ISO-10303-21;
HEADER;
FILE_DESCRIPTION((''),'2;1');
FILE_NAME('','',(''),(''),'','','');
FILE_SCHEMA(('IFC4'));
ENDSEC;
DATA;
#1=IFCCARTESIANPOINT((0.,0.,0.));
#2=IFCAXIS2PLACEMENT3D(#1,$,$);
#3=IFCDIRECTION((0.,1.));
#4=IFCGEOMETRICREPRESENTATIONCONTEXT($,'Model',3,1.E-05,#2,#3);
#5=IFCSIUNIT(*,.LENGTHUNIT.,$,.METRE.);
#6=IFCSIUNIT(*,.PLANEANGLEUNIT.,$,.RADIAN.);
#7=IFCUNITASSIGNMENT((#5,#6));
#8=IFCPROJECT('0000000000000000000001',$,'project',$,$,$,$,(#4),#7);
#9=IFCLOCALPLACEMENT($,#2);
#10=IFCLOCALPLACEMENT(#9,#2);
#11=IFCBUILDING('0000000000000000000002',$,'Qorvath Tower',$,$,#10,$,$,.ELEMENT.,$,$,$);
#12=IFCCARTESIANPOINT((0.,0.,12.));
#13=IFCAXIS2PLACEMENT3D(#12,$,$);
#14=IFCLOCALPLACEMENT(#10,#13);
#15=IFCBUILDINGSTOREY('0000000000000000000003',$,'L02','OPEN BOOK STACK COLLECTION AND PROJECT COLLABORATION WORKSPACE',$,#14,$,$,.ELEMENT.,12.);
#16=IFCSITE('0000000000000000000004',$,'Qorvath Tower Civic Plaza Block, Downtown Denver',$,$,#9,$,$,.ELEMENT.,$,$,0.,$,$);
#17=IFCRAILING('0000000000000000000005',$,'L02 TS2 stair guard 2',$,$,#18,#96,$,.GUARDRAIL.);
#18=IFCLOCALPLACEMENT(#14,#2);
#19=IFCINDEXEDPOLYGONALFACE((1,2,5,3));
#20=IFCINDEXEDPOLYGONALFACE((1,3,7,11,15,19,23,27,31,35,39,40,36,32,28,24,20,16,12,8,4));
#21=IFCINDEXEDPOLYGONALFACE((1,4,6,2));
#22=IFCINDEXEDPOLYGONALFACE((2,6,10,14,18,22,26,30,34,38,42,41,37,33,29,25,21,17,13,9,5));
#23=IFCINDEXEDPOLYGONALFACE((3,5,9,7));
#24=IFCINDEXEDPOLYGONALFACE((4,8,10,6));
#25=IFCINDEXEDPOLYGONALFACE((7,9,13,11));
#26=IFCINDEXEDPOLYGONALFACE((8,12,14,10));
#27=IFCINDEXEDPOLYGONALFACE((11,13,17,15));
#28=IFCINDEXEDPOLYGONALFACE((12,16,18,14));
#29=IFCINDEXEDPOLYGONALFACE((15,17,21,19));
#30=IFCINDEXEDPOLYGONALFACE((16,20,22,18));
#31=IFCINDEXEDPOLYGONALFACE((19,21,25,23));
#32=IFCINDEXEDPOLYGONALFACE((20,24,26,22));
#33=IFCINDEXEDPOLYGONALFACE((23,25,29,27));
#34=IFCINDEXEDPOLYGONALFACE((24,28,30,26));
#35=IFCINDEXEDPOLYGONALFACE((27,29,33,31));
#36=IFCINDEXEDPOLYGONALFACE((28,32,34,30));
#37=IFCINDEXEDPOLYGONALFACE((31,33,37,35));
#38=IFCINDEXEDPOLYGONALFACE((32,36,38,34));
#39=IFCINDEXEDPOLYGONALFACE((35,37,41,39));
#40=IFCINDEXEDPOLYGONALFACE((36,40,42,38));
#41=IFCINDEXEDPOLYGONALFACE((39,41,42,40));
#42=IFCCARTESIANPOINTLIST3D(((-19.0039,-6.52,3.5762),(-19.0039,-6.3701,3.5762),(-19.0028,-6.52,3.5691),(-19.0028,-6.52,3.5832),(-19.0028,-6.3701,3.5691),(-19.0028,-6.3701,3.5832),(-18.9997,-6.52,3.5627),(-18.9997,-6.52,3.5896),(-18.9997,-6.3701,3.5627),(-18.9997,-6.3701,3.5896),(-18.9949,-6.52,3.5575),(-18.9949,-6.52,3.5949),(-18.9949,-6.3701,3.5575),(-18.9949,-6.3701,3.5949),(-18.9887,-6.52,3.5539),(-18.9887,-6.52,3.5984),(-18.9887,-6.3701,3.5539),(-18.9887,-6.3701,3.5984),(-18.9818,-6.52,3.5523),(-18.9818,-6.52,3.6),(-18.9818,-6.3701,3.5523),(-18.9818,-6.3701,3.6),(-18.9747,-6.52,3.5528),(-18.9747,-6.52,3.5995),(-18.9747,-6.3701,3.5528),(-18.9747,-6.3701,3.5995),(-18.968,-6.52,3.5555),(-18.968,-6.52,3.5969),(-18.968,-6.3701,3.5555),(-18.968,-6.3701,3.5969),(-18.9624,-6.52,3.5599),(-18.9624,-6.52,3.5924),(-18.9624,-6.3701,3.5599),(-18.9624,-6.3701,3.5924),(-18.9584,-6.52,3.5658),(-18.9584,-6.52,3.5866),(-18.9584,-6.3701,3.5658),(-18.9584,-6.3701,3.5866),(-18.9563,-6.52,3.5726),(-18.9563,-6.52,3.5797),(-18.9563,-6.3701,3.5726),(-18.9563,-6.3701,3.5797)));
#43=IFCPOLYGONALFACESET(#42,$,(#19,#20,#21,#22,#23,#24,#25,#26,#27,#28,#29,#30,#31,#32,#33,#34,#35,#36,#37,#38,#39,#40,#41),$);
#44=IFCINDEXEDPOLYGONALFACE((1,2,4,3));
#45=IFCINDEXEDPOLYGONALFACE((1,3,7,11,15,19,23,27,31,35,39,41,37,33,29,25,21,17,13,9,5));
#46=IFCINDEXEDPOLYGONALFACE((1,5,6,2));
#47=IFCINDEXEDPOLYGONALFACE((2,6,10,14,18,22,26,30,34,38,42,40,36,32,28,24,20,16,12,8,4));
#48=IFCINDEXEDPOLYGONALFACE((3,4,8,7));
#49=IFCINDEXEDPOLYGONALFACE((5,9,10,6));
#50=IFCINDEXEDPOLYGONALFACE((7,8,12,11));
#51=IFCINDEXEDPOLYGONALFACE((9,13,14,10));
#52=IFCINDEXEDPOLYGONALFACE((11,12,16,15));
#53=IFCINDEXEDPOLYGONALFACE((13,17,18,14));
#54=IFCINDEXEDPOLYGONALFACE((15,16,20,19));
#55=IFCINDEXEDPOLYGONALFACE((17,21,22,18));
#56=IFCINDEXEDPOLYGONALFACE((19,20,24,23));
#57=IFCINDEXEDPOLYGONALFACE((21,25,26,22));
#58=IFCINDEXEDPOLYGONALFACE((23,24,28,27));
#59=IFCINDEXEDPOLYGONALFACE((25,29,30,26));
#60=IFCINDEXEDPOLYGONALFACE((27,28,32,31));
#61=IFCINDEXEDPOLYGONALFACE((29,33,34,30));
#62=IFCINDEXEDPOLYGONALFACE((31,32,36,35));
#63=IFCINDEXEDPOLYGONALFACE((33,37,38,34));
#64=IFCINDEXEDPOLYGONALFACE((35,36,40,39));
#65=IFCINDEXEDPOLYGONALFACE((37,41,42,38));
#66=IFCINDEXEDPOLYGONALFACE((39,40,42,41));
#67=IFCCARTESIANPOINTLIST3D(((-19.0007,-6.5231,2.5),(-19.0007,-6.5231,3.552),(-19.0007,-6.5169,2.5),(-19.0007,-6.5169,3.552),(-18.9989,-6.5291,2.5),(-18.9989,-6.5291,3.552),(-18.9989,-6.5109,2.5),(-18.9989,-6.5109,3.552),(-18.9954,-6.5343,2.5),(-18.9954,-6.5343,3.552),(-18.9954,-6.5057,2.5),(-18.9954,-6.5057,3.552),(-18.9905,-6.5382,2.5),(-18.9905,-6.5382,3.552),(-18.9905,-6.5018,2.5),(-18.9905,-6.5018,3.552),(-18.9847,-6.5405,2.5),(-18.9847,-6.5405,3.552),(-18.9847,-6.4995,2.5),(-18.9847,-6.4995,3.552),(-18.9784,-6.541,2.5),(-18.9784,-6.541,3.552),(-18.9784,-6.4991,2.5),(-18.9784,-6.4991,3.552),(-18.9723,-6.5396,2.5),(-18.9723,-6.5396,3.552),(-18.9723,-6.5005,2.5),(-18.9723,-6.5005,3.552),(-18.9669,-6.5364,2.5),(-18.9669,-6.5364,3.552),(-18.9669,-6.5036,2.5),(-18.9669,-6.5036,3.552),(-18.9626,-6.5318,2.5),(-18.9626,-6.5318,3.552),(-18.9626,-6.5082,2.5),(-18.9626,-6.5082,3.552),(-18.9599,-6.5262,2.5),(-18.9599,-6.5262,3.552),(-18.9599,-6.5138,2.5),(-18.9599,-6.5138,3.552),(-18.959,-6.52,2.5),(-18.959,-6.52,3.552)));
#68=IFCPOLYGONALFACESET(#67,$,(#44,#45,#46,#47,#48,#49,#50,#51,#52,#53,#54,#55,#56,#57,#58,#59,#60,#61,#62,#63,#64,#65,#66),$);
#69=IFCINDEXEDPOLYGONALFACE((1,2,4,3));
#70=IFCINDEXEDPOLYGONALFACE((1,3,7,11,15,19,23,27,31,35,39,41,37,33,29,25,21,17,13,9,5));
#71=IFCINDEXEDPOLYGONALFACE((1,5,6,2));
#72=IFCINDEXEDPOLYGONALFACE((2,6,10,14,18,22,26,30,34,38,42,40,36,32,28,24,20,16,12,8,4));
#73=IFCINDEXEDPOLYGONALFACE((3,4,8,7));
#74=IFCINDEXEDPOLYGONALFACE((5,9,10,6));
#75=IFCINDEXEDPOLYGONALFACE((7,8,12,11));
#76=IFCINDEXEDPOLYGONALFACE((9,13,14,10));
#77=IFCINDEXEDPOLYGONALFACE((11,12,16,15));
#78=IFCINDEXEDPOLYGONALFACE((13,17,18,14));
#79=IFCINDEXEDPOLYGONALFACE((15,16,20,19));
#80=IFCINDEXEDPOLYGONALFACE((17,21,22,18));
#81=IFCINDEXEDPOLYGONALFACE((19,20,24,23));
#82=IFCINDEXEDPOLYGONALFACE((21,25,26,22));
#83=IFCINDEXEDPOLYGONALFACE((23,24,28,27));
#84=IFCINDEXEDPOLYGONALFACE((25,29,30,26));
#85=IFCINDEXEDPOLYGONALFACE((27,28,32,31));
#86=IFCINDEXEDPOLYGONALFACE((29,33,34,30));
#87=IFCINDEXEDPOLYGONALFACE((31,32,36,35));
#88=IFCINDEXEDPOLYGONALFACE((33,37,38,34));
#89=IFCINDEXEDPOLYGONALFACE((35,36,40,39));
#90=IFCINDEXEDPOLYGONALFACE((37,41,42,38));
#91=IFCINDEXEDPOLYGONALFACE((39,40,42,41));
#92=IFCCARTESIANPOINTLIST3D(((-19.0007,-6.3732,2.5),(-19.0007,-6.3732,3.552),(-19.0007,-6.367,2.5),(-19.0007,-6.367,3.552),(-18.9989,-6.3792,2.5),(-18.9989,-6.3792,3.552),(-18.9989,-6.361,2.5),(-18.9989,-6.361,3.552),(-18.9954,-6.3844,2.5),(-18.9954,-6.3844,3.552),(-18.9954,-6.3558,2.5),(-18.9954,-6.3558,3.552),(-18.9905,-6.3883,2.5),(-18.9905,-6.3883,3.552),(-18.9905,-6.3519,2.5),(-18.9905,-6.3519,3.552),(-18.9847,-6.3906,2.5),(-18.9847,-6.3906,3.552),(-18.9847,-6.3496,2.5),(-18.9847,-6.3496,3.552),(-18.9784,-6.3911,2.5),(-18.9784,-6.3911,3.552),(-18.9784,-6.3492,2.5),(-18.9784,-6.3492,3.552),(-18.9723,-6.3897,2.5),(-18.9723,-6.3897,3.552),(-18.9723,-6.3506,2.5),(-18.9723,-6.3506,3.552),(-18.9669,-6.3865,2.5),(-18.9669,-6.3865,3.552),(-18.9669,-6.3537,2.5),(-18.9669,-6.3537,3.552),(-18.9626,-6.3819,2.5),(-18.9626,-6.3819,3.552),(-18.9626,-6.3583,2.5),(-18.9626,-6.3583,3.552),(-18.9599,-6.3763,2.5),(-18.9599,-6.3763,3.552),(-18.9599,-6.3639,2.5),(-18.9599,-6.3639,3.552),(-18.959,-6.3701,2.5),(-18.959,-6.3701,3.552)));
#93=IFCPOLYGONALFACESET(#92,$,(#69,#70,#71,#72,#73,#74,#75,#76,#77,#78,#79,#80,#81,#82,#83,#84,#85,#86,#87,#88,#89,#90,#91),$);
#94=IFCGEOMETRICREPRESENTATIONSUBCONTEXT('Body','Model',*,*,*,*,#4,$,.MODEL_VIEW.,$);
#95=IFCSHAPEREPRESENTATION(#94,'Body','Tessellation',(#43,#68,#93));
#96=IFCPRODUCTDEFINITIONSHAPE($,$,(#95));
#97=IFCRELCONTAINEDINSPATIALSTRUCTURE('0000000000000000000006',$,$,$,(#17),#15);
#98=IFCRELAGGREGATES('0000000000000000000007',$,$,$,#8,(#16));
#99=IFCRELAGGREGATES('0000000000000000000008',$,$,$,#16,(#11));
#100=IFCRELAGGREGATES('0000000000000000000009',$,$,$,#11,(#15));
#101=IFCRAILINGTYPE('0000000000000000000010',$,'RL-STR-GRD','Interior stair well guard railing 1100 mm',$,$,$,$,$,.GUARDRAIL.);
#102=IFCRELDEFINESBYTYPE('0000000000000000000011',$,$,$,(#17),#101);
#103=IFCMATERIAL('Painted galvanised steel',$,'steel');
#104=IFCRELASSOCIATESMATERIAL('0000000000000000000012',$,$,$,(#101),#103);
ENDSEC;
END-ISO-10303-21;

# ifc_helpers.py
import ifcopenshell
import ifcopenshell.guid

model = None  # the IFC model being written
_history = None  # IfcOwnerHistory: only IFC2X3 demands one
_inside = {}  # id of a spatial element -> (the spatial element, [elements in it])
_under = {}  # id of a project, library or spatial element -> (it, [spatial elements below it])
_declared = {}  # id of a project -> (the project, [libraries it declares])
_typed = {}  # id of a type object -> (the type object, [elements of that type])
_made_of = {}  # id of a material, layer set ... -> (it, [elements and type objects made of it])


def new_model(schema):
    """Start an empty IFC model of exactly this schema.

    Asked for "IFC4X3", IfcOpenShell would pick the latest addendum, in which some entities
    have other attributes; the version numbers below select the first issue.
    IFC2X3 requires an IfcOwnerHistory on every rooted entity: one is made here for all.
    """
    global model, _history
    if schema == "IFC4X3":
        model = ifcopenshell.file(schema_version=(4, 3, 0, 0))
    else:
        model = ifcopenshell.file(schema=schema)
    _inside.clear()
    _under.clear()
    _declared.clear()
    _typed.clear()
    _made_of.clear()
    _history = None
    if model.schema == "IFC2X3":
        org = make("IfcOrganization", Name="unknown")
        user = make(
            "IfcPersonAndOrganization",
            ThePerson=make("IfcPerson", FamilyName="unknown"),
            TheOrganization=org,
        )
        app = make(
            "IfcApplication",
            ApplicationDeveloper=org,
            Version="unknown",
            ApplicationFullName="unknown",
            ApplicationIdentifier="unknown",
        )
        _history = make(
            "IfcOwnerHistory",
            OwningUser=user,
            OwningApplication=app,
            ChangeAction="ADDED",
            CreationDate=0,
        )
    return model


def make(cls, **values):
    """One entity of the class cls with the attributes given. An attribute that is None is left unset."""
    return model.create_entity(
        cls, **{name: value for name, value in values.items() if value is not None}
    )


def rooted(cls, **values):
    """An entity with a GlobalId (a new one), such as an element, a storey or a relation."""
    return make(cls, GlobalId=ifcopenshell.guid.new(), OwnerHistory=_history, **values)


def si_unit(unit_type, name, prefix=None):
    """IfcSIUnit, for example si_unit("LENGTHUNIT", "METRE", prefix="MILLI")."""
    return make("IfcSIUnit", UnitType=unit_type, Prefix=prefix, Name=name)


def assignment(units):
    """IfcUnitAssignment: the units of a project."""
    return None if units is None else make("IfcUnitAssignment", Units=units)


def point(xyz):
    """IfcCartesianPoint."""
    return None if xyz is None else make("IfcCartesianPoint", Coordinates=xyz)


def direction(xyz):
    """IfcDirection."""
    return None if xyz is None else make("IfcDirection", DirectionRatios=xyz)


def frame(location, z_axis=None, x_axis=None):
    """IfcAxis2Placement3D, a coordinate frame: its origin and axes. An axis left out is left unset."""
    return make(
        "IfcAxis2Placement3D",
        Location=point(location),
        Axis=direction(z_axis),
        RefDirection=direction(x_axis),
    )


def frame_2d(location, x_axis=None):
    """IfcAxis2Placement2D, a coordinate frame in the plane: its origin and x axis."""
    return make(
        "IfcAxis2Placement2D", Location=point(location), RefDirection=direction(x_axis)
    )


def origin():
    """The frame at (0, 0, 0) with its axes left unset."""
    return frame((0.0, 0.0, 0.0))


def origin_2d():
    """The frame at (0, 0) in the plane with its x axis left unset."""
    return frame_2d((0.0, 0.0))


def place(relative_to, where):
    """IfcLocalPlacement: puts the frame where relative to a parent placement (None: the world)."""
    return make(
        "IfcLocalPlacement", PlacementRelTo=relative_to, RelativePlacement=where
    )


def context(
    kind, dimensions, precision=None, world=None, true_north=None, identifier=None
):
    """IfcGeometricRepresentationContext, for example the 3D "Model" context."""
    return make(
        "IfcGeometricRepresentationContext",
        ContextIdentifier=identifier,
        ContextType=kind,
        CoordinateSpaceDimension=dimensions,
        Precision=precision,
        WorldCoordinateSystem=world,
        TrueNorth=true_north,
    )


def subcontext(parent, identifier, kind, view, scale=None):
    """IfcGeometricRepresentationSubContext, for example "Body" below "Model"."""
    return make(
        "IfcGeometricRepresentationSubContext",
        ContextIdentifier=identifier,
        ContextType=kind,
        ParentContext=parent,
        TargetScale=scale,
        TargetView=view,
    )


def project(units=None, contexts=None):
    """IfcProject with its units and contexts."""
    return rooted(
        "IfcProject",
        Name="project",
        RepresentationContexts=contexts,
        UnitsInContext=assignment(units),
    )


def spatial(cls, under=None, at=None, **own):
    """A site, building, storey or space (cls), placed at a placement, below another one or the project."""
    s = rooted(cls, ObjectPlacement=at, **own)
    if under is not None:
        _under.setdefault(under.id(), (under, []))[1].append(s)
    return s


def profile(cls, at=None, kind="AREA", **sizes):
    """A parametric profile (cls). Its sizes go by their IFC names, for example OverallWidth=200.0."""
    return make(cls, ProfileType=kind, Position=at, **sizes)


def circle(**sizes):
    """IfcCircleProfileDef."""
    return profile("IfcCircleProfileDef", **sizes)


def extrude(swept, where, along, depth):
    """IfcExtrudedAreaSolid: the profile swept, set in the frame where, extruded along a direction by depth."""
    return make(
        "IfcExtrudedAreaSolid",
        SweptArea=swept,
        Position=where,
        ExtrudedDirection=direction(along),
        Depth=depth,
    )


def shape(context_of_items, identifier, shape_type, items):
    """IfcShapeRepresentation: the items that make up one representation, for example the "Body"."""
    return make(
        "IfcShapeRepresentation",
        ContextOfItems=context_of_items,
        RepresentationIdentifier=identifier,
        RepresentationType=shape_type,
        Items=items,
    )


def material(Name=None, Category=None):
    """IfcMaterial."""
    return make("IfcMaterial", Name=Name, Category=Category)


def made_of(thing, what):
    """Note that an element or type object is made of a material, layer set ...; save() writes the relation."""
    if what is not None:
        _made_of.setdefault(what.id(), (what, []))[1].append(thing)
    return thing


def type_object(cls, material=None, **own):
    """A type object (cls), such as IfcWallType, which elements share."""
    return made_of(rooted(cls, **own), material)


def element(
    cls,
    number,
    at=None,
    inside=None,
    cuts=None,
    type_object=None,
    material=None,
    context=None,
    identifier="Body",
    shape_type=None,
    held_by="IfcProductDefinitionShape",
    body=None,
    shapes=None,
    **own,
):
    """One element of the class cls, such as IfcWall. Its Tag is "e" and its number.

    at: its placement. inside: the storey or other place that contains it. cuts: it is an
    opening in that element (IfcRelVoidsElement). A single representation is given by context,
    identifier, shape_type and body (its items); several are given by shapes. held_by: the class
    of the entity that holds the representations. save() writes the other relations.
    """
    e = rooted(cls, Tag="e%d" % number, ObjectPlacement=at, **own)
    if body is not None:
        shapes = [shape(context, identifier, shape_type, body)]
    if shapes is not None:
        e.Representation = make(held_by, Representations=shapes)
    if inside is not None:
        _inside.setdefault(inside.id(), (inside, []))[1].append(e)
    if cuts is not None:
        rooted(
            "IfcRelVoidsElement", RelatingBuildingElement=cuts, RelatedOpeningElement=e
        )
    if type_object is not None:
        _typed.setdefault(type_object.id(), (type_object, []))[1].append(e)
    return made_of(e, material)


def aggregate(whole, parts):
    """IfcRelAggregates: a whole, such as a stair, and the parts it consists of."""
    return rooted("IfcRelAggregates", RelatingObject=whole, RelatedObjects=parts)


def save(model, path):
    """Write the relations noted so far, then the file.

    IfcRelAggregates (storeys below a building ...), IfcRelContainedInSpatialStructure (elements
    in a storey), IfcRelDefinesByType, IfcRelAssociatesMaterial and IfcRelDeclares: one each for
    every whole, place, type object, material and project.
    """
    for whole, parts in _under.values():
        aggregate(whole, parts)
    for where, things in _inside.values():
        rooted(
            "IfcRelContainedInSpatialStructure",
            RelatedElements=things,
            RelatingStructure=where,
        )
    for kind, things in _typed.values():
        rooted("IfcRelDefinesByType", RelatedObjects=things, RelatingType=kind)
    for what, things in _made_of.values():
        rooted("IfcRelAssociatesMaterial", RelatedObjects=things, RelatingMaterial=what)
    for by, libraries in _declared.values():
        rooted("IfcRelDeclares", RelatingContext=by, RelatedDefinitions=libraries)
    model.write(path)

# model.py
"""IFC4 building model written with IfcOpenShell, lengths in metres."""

from ifc_helpers import new_model, si_unit, direction, frame, origin, origin_2d, place, context, subcontext, project, spatial, circle, extrude, material, type_object, element, save


model = new_model("IFC4")

# Units and contexts
model_context = context("Model", 3, precision=1e-05, world=origin(), true_north=direction((0.0, 1.0)))
body_context = subcontext(model_context, "Body", "Model", "MODEL_VIEW")
ifc_project = project(units=[si_unit("LENGTHUNIT", "METRE"), si_unit("PLANEANGLEUNIT", "RADIAN")], contexts=[model_context])

# Site, building, storey
site_placement = place(None, origin())
site = spatial("IfcSite", under=ifc_project, at=site_placement, Name="Qorvath Tower Civic Plaza Block, Downtown Denver", CompositionType="ELEMENT", RefElevation=0.0)
building_placement = place(site_placement, origin())
building = spatial("IfcBuilding", under=site, at=building_placement, Name="Qorvath Tower", CompositionType="ELEMENT")
storey_placement = place(building_placement, frame((0.0, 0.0, 12.0)))
storey = spatial("IfcBuildingStorey", under=building, at=storey_placement, Name="L02", Description="OPEN BOOK STACK COLLECTION AND PROJECT COLLABORATION WORKSPACE", CompositionType="ELEMENT", Elevation=12.0)

# Railing
ifc_material_1 = material(Name="Painted galvanised steel", Category="steel")
railing_type_1 = type_object("IfcRailingType", Name="RL-STR-GRD", Description="Interior stair well guard railing 1100 mm", PredefinedType="GUARDRAIL", material=ifc_material_1)
railing_1_placement = place(storey_placement, frame((-18.98, -6.52, 2.5)))
element("IfcRailing", 1, at=railing_1_placement, inside=storey, type_object=railing_type_1, Name="L02 TS2 stair guard 2", PredefinedType="GUARDRAIL", context=body_context, shape_type="SweptSolid", body=[
    extrude(circle(Radius=0.0239, at=origin_2d()), frame((0.0, 0.0, 1.0762), z_axis=(0.0, 1.0, 0.0), x_axis=(-1.0, 0.0, 0.0)), (0.0, 0.0, 1.0), 0.1499),
    extrude(circle(Radius=0.021, at=origin_2d()), origin(), (0.0, 0.0, 1.0), 1.052),
    extrude(circle(Radius=0.021, at=origin_2d()), frame((0.0, 0.1499, 0.0)), (0.0, 0.0, 1.0), 1.052),
])

save(model, "model.ifc")
